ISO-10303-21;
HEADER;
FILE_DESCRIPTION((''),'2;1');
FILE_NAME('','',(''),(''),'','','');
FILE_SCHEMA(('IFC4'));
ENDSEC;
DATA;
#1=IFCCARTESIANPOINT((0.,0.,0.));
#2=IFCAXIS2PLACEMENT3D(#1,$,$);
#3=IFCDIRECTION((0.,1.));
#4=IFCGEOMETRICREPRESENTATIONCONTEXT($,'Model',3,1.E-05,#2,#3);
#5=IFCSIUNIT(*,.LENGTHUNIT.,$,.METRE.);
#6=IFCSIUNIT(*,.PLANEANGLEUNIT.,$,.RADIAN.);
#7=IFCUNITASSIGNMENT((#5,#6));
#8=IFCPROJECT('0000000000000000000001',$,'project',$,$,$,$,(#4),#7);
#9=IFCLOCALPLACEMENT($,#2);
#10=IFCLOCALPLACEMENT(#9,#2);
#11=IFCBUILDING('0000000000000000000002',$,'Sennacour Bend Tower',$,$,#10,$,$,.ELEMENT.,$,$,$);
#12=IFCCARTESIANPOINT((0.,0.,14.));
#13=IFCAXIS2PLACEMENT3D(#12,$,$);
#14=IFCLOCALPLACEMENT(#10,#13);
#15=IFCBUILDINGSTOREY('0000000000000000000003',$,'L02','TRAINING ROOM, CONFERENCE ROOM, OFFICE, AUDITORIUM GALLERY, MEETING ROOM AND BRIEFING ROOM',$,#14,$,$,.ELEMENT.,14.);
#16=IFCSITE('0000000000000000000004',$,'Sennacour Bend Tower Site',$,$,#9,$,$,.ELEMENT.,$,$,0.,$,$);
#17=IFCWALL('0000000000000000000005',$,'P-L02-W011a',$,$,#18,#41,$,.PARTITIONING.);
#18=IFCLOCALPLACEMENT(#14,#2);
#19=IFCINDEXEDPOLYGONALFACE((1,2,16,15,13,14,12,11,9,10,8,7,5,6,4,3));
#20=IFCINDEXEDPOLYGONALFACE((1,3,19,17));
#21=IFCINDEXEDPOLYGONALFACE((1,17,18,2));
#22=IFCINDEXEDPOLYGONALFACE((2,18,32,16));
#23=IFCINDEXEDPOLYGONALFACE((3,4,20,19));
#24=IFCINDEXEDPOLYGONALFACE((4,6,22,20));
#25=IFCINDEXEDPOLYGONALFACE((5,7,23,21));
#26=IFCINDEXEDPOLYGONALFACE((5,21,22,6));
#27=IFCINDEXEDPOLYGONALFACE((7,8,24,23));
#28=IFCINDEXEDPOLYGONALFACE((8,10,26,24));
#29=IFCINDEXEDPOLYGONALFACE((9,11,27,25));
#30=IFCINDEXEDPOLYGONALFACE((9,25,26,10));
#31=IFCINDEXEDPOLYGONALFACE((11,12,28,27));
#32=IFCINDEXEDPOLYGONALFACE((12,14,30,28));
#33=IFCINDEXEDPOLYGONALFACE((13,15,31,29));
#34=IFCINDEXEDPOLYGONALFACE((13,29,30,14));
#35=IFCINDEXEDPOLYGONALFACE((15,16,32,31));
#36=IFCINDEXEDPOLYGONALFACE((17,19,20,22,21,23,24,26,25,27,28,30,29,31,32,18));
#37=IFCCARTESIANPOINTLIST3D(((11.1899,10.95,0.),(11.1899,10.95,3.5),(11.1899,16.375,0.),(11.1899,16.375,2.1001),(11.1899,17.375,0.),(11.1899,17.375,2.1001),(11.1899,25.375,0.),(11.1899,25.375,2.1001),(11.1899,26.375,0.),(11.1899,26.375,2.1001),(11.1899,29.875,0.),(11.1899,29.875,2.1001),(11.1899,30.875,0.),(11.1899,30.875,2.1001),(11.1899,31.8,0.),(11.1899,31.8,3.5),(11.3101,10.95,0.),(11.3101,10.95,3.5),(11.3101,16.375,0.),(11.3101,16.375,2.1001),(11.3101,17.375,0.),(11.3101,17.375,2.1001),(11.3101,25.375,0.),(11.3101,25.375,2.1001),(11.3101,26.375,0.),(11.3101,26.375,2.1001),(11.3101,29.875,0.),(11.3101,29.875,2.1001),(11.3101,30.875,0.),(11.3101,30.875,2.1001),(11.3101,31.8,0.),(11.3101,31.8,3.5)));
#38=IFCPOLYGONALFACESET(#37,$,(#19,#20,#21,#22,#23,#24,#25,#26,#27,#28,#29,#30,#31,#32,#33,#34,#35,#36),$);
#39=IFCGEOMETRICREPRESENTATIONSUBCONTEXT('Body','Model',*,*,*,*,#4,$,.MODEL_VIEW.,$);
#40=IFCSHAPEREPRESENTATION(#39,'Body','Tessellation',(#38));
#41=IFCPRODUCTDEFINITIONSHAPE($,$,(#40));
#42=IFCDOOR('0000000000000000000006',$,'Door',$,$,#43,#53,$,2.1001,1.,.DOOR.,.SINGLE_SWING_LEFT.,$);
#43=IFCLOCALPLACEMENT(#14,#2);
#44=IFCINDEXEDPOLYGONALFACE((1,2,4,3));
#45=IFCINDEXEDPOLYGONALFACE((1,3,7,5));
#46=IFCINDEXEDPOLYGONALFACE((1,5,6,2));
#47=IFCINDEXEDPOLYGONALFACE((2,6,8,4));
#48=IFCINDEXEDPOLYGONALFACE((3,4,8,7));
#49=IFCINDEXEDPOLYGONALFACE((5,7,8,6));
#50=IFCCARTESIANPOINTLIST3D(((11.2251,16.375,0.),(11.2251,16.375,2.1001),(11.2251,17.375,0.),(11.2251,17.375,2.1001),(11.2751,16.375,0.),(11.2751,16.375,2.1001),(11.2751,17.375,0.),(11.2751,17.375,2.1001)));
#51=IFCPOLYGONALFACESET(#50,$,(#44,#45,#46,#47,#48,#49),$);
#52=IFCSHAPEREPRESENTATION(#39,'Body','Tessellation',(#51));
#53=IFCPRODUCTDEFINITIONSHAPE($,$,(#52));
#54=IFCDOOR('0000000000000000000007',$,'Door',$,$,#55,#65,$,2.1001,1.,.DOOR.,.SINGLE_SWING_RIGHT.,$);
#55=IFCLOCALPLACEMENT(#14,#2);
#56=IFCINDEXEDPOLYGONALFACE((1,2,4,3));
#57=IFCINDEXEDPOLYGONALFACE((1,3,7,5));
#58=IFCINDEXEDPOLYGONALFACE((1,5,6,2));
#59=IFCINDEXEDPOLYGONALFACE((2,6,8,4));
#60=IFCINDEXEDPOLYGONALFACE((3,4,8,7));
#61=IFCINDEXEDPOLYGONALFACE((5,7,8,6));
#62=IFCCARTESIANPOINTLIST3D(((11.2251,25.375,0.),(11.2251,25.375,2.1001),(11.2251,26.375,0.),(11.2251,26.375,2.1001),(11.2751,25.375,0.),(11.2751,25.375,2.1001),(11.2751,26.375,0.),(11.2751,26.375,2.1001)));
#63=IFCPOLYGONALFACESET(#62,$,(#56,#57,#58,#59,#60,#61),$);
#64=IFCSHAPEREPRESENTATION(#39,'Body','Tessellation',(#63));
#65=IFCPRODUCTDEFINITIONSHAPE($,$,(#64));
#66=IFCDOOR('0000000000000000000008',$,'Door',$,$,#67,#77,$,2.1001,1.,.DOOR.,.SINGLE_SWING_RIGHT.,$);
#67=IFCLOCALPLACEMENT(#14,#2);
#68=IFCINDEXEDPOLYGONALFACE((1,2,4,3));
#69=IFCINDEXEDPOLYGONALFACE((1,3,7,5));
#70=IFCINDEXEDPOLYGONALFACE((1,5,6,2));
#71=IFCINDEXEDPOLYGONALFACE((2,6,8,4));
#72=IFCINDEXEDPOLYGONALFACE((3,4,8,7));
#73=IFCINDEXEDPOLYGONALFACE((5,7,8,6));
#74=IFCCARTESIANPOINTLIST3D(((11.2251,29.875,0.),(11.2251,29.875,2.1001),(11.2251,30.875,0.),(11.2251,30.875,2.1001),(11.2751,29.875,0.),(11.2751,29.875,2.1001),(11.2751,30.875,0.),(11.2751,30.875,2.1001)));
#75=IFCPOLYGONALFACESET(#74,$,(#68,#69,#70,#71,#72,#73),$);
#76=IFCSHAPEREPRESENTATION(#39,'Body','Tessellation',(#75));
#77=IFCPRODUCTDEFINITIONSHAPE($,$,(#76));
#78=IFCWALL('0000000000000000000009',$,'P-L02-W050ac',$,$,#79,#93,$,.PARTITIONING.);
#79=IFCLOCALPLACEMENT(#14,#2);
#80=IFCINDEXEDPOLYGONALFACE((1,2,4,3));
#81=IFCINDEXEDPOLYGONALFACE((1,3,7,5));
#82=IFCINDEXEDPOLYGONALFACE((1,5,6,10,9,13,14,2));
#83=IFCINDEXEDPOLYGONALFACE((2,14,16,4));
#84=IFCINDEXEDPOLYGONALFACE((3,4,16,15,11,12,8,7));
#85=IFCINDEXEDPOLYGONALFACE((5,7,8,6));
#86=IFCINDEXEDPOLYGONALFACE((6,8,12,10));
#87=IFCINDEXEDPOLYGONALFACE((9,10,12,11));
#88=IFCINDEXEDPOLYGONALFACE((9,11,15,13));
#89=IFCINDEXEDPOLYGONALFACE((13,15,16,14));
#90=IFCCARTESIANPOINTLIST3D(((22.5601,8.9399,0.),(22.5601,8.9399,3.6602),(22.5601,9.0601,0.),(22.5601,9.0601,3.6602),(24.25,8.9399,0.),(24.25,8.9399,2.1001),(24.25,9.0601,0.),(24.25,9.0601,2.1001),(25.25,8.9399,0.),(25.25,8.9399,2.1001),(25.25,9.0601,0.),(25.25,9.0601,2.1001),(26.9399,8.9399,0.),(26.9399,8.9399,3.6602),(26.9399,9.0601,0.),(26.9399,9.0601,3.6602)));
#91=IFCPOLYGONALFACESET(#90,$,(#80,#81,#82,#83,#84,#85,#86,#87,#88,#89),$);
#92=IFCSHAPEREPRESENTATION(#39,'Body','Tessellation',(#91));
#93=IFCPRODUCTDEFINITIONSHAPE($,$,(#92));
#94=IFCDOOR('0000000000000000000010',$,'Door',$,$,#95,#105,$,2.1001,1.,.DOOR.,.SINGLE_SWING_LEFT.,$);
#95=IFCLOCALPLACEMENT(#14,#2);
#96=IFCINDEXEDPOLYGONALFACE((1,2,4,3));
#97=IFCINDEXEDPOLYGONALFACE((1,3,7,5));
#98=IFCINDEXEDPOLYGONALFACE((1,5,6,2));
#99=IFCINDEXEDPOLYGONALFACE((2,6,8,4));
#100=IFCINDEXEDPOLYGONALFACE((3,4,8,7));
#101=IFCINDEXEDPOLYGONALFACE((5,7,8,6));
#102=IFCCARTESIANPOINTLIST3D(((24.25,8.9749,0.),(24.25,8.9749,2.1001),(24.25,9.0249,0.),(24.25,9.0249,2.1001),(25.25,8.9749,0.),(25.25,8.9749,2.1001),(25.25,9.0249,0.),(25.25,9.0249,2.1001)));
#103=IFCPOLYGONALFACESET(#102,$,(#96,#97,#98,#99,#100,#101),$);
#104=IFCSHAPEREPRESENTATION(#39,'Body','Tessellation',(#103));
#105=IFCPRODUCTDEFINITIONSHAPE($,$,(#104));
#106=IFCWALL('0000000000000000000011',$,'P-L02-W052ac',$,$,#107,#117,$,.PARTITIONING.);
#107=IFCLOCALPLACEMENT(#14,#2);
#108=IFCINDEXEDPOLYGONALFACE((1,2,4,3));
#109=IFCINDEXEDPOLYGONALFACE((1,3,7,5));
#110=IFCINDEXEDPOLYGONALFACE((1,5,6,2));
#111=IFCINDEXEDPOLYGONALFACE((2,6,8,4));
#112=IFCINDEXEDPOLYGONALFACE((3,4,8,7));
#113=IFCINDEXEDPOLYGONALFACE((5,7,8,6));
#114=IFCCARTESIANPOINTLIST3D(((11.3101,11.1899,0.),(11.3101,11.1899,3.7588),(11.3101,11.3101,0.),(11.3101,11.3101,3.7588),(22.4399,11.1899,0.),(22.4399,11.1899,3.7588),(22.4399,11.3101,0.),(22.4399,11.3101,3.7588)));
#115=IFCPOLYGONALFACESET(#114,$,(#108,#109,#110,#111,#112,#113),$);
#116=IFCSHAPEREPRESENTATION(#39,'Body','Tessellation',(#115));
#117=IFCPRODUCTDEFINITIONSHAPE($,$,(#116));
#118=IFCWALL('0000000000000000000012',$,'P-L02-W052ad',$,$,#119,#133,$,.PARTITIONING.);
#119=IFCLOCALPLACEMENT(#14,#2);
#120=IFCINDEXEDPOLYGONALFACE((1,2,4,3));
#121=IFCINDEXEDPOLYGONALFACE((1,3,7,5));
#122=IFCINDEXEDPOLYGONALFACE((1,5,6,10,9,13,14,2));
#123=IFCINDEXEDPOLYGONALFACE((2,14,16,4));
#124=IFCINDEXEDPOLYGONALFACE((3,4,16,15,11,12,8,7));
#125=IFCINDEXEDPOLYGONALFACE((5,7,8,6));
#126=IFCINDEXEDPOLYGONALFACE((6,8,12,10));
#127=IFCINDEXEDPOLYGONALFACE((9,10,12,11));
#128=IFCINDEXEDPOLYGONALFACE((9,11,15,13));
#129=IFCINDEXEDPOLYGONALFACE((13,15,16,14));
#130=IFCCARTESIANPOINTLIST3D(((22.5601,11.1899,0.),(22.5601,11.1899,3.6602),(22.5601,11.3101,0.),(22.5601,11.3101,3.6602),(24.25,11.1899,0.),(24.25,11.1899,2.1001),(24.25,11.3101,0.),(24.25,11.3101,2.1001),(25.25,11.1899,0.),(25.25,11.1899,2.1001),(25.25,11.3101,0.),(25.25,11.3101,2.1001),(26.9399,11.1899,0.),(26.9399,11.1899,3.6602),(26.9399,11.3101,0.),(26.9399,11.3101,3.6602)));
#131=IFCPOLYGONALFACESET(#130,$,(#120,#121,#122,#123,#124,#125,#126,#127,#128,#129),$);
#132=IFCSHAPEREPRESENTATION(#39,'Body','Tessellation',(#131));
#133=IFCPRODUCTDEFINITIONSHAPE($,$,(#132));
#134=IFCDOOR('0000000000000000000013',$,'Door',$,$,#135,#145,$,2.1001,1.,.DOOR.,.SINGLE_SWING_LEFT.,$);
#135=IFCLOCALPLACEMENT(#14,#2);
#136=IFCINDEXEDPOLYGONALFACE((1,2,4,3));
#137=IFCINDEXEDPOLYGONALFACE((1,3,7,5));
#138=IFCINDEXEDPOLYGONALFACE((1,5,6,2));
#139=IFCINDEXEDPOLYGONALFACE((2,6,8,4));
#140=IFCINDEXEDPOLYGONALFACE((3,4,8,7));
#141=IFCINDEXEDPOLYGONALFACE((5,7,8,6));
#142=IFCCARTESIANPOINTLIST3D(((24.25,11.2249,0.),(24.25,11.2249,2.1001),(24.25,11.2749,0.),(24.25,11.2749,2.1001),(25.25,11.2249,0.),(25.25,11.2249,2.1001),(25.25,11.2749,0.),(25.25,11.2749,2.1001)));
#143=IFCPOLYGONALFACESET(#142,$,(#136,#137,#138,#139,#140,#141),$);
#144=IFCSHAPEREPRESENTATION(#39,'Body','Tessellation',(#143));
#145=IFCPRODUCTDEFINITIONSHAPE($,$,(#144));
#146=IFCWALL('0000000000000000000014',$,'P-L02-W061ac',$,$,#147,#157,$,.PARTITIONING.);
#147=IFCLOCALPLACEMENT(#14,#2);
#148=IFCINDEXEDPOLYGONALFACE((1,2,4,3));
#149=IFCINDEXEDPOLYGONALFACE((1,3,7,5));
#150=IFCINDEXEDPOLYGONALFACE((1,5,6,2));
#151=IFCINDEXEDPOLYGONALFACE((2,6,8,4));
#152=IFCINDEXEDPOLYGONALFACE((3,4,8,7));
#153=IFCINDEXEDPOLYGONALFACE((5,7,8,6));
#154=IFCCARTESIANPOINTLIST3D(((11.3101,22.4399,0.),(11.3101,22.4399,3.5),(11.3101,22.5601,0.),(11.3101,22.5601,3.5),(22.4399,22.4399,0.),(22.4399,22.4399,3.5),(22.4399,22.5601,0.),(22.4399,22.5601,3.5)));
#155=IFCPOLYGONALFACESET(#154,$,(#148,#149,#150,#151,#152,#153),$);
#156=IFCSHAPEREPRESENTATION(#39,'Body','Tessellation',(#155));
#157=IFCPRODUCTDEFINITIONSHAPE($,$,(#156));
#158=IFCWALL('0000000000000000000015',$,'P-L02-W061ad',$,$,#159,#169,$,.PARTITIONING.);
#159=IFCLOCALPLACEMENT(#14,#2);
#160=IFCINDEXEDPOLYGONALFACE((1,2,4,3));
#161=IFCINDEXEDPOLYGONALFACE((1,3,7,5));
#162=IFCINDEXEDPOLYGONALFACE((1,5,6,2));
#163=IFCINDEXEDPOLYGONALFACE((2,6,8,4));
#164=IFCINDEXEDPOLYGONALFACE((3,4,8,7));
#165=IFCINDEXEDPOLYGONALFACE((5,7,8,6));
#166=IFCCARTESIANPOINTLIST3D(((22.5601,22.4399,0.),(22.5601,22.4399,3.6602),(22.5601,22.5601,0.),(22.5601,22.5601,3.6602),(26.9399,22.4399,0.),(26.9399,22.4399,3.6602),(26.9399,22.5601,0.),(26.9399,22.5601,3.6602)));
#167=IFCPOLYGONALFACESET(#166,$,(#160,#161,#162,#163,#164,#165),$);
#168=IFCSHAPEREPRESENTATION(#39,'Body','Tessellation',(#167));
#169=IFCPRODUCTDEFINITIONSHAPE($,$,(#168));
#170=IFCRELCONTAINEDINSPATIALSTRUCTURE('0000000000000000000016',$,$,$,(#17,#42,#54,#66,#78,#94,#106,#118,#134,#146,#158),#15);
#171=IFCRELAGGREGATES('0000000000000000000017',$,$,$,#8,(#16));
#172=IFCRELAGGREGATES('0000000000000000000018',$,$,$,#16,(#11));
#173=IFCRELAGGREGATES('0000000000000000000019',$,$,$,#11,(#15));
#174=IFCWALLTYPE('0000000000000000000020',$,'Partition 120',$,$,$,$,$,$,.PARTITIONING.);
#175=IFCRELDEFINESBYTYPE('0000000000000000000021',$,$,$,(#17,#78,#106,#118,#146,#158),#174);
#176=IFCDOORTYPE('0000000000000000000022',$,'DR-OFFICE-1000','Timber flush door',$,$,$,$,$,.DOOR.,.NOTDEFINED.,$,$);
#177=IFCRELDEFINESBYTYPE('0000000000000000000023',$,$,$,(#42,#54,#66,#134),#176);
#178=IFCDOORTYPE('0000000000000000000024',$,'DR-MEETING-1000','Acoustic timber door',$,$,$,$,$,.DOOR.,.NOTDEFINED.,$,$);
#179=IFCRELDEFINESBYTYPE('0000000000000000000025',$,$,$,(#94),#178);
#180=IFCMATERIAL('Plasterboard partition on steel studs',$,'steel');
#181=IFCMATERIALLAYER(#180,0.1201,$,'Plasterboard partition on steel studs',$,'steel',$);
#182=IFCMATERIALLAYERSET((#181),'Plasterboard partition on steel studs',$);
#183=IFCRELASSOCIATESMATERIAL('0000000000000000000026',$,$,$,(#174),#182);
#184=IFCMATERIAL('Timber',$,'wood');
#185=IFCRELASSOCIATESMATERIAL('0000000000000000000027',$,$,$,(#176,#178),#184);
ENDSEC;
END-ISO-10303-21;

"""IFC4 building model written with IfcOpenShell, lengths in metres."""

from ifc_helpers import new_model, si_unit, direction, frame, frame_2d, origin, place, context, subcontext, project, spatial, rectangle, extrude, material, layer, layer_set, type_object, element, fill, save


model = new_model("IFC4")

# Units and contexts
model_context = context("Model", 3, precision=1e-05, world=origin(), true_north=direction((0.0, 1.0)))
body_context = subcontext(model_context, "Body", "Model", "MODEL_VIEW")
ifc_project = project(units=[si_unit("LENGTHUNIT", "METRE"), si_unit("PLANEANGLEUNIT", "RADIAN")], contexts=[model_context])

# Site, building, storey
site_placement = place(None, origin())
site = spatial("IfcSite", under=ifc_project, at=site_placement, Name="Sennacour Bend Tower Site", CompositionType="ELEMENT", RefElevation=0.0)
building_placement = place(site_placement, origin())
building = spatial("IfcBuilding", under=site, at=building_placement, Name="Sennacour Bend Tower", CompositionType="ELEMENT")
storey_placement = place(building_placement, frame((0.0, 0.0, 14.0)))
storey = spatial("IfcBuildingStorey", under=building, at=storey_placement, Name="L02", Description="TRAINING ROOM, CONFERENCE ROOM, OFFICE, AUDITORIUM GALLERY, MEETING ROOM AND BRIEFING ROOM", CompositionType="ELEMENT", Elevation=14.0)

# Wall, openings, doors
ifc_material_1 = material(Name="Plasterboard partition on steel studs", Category="steel")
ifc_layer_1 = layer(ifc_material_1, 0.1201, Name="Plasterboard partition on steel studs", Category="steel")
ifc_layer_set_1 = layer_set([ifc_layer_1], Name="Plasterboard partition on steel studs")
wall_type_1 = type_object("IfcWallType", Name="Partition 120", PredefinedType="PARTITIONING", material=ifc_layer_set_1)
wall_1_placement = place(storey_placement, frame((11.25, 10.95, 0.0), z_axis=(0.0, 0.0, 1.0), x_axis=(0.0, 1.0, 0.0)))
wall_1 = element("IfcWall", 1, at=wall_1_placement, inside=storey, type_object=wall_type_1, Name="P-L02-W011a", PredefinedType="PARTITIONING", context=body_context, shape_type="SweptSolid", body=[
    extrude(rectangle(XDim=20.8501, YDim=0.1201, at=frame_2d((10.425, 0.0))), origin(), (0.0, 0.0, 1.0), 3.5),
])
opening_1_placement = place(wall_1_placement, frame((5.425, 0.0, 0.0)))
opening_1 = element("IfcOpeningElement", 2, at=opening_1_placement, cuts=wall_1, PredefinedType="OPENING", context=body_context, shape_type="SweptSolid", body=[
    extrude(rectangle(XDim=1.0, YDim=2.1001, at=frame_2d((0.5, 1.05))), frame((0.0, 0.0701, 0.0), z_axis=(0.0, -1.0, 0.0), x_axis=(1.0, 0.0, 0.0)), (0.0, 0.0, 1.0), 0.1401),
])
opening_2_placement = place(wall_1_placement, frame((14.425, 0.0, 0.0)))
opening_2 = element("IfcOpeningElement", 3, at=opening_2_placement, cuts=wall_1, PredefinedType="OPENING", context=body_context, shape_type="SweptSolid", body=[
    extrude(rectangle(XDim=1.0, YDim=2.1001, at=frame_2d((0.5, 1.05))), frame((0.0, 0.0701, 0.0), z_axis=(0.0, -1.0, 0.0), x_axis=(1.0, 0.0, 0.0)), (0.0, 0.0, 1.0), 0.1401),
])
opening_3_placement = place(wall_1_placement, frame((18.925, 0.0, 0.0)))
opening_3 = element("IfcOpeningElement", 4, at=opening_3_placement, cuts=wall_1, PredefinedType="OPENING", context=body_context, shape_type="SweptSolid", body=[
    extrude(rectangle(XDim=1.0, YDim=2.1001, at=frame_2d((0.5, 1.05))), frame((0.0, 0.0701, 0.0), z_axis=(0.0, -1.0, 0.0), x_axis=(1.0, 0.0, 0.0)), (0.0, 0.0, 1.0), 0.1401),
])
ifc_material_2 = material(Name="Timber", Category="wood")
door_type_1 = type_object("IfcDoorType", Name="DR-OFFICE-1000", Description="Timber flush door", OperationType="NOTDEFINED", PredefinedType="DOOR", material=ifc_material_2)
door_1_placement = place(opening_1_placement, origin())
door_1 = element("IfcDoor", 5, at=door_1_placement, inside=storey, type_object=door_type_1, Name="Door", OperationType="SINGLE_SWING_LEFT", OverallHeight=2.1001, OverallWidth=1.0, PredefinedType="DOOR", context=body_context, shape_type="SweptSolid", body=[
    extrude(rectangle(XDim=1.0, YDim=2.1001, at=frame_2d((0.5, 1.05))), frame((0.0, 0.0249, 0.0), z_axis=(0.0, -1.0, 0.0), x_axis=(1.0, 0.0, 0.0)), (0.0, 0.0, 1.0), 0.05),
])
fill(opening_1, door_1)
door_2_placement = place(opening_2_placement, origin())
door_2 = element("IfcDoor", 6, at=door_2_placement, inside=storey, type_object=door_type_1, Name="Door", OperationType="SINGLE_SWING_RIGHT", OverallHeight=2.1001, OverallWidth=1.0, PredefinedType="DOOR", context=body_context, shape_type="SweptSolid", body=[
    extrude(rectangle(XDim=1.0, YDim=2.1001, at=frame_2d((0.5, 1.05))), frame((0.0, 0.0249, 0.0), z_axis=(0.0, -1.0, 0.0), x_axis=(1.0, 0.0, 0.0)), (0.0, 0.0, 1.0), 0.05),
])
fill(opening_2, door_2)
door_3_placement = place(opening_3_placement, origin())
door_3 = element("IfcDoor", 7, at=door_3_placement, inside=storey, type_object=door_type_1, Name="Door", OperationType="SINGLE_SWING_RIGHT", OverallHeight=2.1001, OverallWidth=1.0, PredefinedType="DOOR", context=body_context, shape_type="SweptSolid", body=[
    extrude(rectangle(XDim=1.0, YDim=2.1001, at=frame_2d((0.5, 1.05))), frame((0.0, 0.0249, 0.0), z_axis=(0.0, -1.0, 0.0), x_axis=(1.0, 0.0, 0.0)), (0.0, 0.0, 1.0), 0.05),
])
fill(opening_3, door_3)

# Wall, opening, door
wall_2_placement = place(storey_placement, frame((22.5601, 9.0, 0.0), z_axis=(0.0, 0.0, 1.0), x_axis=(1.0, 0.0, 0.0)))
wall_2 = element("IfcWall", 8, at=wall_2_placement, inside=storey, type_object=wall_type_1, Name="P-L02-W050ac", PredefinedType="PARTITIONING", context=body_context, shape_type="SweptSolid", body=[
    extrude(rectangle(XDim=4.3799, YDim=0.1201, at=frame_2d((2.1899, 0.0))), origin(), (0.0, 0.0, 1.0), 3.6602),
])
opening_4_placement = place(wall_2_placement, frame((1.6899, 0.0, 0.0)))
opening_4 = element("IfcOpeningElement", 9, at=opening_4_placement, cuts=wall_2, PredefinedType="OPENING", context=body_context, shape_type="SweptSolid", body=[
    extrude(rectangle(XDim=1.0, YDim=2.1001, at=frame_2d((0.5, 1.05))), frame((0.0, 0.0701, 0.0), z_axis=(0.0, -1.0, 0.0), x_axis=(1.0, 0.0, 0.0)), (0.0, 0.0, 1.0), 0.1401),
])
door_type_2 = type_object("IfcDoorType", Name="DR-MEETING-1000", Description="Acoustic timber door", OperationType="NOTDEFINED", PredefinedType="DOOR", material=ifc_material_2)
door_4_placement = place(opening_4_placement, origin())
door_4 = element("IfcDoor", 10, at=door_4_placement, inside=storey, type_object=door_type_2, Name="Door", OperationType="SINGLE_SWING_LEFT", OverallHeight=2.1001, OverallWidth=1.0, PredefinedType="DOOR", context=body_context, shape_type="SweptSolid", body=[
    extrude(rectangle(XDim=1.0, YDim=2.1001, at=frame_2d((0.5, 1.05))), frame((0.0, 0.0249, 0.0), z_axis=(0.0, -1.0, 0.0), x_axis=(1.0, 0.0, 0.0)), (0.0, 0.0, 1.0), 0.05),
])
fill(opening_4, door_4)

# Wall
wall_3_placement = place(storey_placement, frame((11.3101, 11.25, 0.0), z_axis=(0.0, 0.0, 1.0), x_axis=(1.0, 0.0, 0.0)))
element("IfcWall", 11, at=wall_3_placement, inside=storey, type_object=wall_type_1, Name="P-L02-W052ac", PredefinedType="PARTITIONING", context=body_context, shape_type="SweptSolid", body=[
    extrude(rectangle(XDim=11.1299, YDim=0.1201, at=frame_2d((5.5649, 0.0))), origin(), (0.0, 0.0, 1.0), 3.7588),
])

# Wall, opening, door
wall_4_placement = place(storey_placement, frame((22.5601, 11.25, 0.0), z_axis=(0.0, 0.0, 1.0), x_axis=(1.0, 0.0, 0.0)))
wall_4 = element("IfcWall", 12, at=wall_4_placement, inside=storey, type_object=wall_type_1, Name="P-L02-W052ad", PredefinedType="PARTITIONING", context=body_context, shape_type="SweptSolid", body=[
    extrude(rectangle(XDim=4.3799, YDim=0.1201, at=frame_2d((2.1899, 0.0))), origin(), (0.0, 0.0, 1.0), 3.6602),
])
opening_5_placement = place(wall_4_placement, frame((1.6899, 0.0, 0.0)))
opening_5 = element("IfcOpeningElement", 13, at=opening_5_placement, cuts=wall_4, PredefinedType="OPENING", context=body_context, shape_type="SweptSolid", body=[
    extrude(rectangle(XDim=1.0, YDim=2.1001, at=frame_2d((0.5, 1.05))), frame((0.0, 0.0701, 0.0), z_axis=(0.0, -1.0, 0.0), x_axis=(1.0, 0.0, 0.0)), (0.0, 0.0, 1.0), 0.1401),
])
door_5_placement = place(opening_5_placement, origin())
door_5 = element("IfcDoor", 14, at=door_5_placement, inside=storey, type_object=door_type_1, Name="Door", OperationType="SINGLE_SWING_LEFT", OverallHeight=2.1001, OverallWidth=1.0, PredefinedType="DOOR", context=body_context, shape_type="SweptSolid", body=[
    extrude(rectangle(XDim=1.0, YDim=2.1001, at=frame_2d((0.5, 1.05))), frame((0.0, 0.0249, 0.0), z_axis=(0.0, -1.0, 0.0), x_axis=(1.0, 0.0, 0.0)), (0.0, 0.0, 1.0), 0.05),
])
fill(opening_5, door_5)

# Walls
wall_5_placement = place(storey_placement, frame((11.3101, 22.5, 0.0), z_axis=(0.0, 0.0, 1.0), x_axis=(1.0, 0.0, 0.0)))
element("IfcWall", 15, at=wall_5_placement, inside=storey, type_object=wall_type_1, Name="P-L02-W061ac", PredefinedType="PARTITIONING", context=body_context, shape_type="SweptSolid", body=[
    extrude(rectangle(XDim=11.1299, YDim=0.1201, at=frame_2d((5.5649, 0.0))), origin(), (0.0, 0.0, 1.0), 3.5),
])
wall_6_placement = place(storey_placement, frame((22.5601, 22.5, 0.0), z_axis=(0.0, 0.0, 1.0), x_axis=(1.0, 0.0, 0.0)))
element("IfcWall", 16, at=wall_6_placement, inside=storey, type_object=wall_type_1, Name="P-L02-W061ad", PredefinedType="PARTITIONING", context=body_context, shape_type="SweptSolid", body=[
    extrude(rectangle(XDim=4.3799, YDim=0.1201, at=frame_2d((2.1899, 0.0))), origin(), (0.0, 0.0, 1.0), 3.6602),
])

save(model, "model.ifc")
